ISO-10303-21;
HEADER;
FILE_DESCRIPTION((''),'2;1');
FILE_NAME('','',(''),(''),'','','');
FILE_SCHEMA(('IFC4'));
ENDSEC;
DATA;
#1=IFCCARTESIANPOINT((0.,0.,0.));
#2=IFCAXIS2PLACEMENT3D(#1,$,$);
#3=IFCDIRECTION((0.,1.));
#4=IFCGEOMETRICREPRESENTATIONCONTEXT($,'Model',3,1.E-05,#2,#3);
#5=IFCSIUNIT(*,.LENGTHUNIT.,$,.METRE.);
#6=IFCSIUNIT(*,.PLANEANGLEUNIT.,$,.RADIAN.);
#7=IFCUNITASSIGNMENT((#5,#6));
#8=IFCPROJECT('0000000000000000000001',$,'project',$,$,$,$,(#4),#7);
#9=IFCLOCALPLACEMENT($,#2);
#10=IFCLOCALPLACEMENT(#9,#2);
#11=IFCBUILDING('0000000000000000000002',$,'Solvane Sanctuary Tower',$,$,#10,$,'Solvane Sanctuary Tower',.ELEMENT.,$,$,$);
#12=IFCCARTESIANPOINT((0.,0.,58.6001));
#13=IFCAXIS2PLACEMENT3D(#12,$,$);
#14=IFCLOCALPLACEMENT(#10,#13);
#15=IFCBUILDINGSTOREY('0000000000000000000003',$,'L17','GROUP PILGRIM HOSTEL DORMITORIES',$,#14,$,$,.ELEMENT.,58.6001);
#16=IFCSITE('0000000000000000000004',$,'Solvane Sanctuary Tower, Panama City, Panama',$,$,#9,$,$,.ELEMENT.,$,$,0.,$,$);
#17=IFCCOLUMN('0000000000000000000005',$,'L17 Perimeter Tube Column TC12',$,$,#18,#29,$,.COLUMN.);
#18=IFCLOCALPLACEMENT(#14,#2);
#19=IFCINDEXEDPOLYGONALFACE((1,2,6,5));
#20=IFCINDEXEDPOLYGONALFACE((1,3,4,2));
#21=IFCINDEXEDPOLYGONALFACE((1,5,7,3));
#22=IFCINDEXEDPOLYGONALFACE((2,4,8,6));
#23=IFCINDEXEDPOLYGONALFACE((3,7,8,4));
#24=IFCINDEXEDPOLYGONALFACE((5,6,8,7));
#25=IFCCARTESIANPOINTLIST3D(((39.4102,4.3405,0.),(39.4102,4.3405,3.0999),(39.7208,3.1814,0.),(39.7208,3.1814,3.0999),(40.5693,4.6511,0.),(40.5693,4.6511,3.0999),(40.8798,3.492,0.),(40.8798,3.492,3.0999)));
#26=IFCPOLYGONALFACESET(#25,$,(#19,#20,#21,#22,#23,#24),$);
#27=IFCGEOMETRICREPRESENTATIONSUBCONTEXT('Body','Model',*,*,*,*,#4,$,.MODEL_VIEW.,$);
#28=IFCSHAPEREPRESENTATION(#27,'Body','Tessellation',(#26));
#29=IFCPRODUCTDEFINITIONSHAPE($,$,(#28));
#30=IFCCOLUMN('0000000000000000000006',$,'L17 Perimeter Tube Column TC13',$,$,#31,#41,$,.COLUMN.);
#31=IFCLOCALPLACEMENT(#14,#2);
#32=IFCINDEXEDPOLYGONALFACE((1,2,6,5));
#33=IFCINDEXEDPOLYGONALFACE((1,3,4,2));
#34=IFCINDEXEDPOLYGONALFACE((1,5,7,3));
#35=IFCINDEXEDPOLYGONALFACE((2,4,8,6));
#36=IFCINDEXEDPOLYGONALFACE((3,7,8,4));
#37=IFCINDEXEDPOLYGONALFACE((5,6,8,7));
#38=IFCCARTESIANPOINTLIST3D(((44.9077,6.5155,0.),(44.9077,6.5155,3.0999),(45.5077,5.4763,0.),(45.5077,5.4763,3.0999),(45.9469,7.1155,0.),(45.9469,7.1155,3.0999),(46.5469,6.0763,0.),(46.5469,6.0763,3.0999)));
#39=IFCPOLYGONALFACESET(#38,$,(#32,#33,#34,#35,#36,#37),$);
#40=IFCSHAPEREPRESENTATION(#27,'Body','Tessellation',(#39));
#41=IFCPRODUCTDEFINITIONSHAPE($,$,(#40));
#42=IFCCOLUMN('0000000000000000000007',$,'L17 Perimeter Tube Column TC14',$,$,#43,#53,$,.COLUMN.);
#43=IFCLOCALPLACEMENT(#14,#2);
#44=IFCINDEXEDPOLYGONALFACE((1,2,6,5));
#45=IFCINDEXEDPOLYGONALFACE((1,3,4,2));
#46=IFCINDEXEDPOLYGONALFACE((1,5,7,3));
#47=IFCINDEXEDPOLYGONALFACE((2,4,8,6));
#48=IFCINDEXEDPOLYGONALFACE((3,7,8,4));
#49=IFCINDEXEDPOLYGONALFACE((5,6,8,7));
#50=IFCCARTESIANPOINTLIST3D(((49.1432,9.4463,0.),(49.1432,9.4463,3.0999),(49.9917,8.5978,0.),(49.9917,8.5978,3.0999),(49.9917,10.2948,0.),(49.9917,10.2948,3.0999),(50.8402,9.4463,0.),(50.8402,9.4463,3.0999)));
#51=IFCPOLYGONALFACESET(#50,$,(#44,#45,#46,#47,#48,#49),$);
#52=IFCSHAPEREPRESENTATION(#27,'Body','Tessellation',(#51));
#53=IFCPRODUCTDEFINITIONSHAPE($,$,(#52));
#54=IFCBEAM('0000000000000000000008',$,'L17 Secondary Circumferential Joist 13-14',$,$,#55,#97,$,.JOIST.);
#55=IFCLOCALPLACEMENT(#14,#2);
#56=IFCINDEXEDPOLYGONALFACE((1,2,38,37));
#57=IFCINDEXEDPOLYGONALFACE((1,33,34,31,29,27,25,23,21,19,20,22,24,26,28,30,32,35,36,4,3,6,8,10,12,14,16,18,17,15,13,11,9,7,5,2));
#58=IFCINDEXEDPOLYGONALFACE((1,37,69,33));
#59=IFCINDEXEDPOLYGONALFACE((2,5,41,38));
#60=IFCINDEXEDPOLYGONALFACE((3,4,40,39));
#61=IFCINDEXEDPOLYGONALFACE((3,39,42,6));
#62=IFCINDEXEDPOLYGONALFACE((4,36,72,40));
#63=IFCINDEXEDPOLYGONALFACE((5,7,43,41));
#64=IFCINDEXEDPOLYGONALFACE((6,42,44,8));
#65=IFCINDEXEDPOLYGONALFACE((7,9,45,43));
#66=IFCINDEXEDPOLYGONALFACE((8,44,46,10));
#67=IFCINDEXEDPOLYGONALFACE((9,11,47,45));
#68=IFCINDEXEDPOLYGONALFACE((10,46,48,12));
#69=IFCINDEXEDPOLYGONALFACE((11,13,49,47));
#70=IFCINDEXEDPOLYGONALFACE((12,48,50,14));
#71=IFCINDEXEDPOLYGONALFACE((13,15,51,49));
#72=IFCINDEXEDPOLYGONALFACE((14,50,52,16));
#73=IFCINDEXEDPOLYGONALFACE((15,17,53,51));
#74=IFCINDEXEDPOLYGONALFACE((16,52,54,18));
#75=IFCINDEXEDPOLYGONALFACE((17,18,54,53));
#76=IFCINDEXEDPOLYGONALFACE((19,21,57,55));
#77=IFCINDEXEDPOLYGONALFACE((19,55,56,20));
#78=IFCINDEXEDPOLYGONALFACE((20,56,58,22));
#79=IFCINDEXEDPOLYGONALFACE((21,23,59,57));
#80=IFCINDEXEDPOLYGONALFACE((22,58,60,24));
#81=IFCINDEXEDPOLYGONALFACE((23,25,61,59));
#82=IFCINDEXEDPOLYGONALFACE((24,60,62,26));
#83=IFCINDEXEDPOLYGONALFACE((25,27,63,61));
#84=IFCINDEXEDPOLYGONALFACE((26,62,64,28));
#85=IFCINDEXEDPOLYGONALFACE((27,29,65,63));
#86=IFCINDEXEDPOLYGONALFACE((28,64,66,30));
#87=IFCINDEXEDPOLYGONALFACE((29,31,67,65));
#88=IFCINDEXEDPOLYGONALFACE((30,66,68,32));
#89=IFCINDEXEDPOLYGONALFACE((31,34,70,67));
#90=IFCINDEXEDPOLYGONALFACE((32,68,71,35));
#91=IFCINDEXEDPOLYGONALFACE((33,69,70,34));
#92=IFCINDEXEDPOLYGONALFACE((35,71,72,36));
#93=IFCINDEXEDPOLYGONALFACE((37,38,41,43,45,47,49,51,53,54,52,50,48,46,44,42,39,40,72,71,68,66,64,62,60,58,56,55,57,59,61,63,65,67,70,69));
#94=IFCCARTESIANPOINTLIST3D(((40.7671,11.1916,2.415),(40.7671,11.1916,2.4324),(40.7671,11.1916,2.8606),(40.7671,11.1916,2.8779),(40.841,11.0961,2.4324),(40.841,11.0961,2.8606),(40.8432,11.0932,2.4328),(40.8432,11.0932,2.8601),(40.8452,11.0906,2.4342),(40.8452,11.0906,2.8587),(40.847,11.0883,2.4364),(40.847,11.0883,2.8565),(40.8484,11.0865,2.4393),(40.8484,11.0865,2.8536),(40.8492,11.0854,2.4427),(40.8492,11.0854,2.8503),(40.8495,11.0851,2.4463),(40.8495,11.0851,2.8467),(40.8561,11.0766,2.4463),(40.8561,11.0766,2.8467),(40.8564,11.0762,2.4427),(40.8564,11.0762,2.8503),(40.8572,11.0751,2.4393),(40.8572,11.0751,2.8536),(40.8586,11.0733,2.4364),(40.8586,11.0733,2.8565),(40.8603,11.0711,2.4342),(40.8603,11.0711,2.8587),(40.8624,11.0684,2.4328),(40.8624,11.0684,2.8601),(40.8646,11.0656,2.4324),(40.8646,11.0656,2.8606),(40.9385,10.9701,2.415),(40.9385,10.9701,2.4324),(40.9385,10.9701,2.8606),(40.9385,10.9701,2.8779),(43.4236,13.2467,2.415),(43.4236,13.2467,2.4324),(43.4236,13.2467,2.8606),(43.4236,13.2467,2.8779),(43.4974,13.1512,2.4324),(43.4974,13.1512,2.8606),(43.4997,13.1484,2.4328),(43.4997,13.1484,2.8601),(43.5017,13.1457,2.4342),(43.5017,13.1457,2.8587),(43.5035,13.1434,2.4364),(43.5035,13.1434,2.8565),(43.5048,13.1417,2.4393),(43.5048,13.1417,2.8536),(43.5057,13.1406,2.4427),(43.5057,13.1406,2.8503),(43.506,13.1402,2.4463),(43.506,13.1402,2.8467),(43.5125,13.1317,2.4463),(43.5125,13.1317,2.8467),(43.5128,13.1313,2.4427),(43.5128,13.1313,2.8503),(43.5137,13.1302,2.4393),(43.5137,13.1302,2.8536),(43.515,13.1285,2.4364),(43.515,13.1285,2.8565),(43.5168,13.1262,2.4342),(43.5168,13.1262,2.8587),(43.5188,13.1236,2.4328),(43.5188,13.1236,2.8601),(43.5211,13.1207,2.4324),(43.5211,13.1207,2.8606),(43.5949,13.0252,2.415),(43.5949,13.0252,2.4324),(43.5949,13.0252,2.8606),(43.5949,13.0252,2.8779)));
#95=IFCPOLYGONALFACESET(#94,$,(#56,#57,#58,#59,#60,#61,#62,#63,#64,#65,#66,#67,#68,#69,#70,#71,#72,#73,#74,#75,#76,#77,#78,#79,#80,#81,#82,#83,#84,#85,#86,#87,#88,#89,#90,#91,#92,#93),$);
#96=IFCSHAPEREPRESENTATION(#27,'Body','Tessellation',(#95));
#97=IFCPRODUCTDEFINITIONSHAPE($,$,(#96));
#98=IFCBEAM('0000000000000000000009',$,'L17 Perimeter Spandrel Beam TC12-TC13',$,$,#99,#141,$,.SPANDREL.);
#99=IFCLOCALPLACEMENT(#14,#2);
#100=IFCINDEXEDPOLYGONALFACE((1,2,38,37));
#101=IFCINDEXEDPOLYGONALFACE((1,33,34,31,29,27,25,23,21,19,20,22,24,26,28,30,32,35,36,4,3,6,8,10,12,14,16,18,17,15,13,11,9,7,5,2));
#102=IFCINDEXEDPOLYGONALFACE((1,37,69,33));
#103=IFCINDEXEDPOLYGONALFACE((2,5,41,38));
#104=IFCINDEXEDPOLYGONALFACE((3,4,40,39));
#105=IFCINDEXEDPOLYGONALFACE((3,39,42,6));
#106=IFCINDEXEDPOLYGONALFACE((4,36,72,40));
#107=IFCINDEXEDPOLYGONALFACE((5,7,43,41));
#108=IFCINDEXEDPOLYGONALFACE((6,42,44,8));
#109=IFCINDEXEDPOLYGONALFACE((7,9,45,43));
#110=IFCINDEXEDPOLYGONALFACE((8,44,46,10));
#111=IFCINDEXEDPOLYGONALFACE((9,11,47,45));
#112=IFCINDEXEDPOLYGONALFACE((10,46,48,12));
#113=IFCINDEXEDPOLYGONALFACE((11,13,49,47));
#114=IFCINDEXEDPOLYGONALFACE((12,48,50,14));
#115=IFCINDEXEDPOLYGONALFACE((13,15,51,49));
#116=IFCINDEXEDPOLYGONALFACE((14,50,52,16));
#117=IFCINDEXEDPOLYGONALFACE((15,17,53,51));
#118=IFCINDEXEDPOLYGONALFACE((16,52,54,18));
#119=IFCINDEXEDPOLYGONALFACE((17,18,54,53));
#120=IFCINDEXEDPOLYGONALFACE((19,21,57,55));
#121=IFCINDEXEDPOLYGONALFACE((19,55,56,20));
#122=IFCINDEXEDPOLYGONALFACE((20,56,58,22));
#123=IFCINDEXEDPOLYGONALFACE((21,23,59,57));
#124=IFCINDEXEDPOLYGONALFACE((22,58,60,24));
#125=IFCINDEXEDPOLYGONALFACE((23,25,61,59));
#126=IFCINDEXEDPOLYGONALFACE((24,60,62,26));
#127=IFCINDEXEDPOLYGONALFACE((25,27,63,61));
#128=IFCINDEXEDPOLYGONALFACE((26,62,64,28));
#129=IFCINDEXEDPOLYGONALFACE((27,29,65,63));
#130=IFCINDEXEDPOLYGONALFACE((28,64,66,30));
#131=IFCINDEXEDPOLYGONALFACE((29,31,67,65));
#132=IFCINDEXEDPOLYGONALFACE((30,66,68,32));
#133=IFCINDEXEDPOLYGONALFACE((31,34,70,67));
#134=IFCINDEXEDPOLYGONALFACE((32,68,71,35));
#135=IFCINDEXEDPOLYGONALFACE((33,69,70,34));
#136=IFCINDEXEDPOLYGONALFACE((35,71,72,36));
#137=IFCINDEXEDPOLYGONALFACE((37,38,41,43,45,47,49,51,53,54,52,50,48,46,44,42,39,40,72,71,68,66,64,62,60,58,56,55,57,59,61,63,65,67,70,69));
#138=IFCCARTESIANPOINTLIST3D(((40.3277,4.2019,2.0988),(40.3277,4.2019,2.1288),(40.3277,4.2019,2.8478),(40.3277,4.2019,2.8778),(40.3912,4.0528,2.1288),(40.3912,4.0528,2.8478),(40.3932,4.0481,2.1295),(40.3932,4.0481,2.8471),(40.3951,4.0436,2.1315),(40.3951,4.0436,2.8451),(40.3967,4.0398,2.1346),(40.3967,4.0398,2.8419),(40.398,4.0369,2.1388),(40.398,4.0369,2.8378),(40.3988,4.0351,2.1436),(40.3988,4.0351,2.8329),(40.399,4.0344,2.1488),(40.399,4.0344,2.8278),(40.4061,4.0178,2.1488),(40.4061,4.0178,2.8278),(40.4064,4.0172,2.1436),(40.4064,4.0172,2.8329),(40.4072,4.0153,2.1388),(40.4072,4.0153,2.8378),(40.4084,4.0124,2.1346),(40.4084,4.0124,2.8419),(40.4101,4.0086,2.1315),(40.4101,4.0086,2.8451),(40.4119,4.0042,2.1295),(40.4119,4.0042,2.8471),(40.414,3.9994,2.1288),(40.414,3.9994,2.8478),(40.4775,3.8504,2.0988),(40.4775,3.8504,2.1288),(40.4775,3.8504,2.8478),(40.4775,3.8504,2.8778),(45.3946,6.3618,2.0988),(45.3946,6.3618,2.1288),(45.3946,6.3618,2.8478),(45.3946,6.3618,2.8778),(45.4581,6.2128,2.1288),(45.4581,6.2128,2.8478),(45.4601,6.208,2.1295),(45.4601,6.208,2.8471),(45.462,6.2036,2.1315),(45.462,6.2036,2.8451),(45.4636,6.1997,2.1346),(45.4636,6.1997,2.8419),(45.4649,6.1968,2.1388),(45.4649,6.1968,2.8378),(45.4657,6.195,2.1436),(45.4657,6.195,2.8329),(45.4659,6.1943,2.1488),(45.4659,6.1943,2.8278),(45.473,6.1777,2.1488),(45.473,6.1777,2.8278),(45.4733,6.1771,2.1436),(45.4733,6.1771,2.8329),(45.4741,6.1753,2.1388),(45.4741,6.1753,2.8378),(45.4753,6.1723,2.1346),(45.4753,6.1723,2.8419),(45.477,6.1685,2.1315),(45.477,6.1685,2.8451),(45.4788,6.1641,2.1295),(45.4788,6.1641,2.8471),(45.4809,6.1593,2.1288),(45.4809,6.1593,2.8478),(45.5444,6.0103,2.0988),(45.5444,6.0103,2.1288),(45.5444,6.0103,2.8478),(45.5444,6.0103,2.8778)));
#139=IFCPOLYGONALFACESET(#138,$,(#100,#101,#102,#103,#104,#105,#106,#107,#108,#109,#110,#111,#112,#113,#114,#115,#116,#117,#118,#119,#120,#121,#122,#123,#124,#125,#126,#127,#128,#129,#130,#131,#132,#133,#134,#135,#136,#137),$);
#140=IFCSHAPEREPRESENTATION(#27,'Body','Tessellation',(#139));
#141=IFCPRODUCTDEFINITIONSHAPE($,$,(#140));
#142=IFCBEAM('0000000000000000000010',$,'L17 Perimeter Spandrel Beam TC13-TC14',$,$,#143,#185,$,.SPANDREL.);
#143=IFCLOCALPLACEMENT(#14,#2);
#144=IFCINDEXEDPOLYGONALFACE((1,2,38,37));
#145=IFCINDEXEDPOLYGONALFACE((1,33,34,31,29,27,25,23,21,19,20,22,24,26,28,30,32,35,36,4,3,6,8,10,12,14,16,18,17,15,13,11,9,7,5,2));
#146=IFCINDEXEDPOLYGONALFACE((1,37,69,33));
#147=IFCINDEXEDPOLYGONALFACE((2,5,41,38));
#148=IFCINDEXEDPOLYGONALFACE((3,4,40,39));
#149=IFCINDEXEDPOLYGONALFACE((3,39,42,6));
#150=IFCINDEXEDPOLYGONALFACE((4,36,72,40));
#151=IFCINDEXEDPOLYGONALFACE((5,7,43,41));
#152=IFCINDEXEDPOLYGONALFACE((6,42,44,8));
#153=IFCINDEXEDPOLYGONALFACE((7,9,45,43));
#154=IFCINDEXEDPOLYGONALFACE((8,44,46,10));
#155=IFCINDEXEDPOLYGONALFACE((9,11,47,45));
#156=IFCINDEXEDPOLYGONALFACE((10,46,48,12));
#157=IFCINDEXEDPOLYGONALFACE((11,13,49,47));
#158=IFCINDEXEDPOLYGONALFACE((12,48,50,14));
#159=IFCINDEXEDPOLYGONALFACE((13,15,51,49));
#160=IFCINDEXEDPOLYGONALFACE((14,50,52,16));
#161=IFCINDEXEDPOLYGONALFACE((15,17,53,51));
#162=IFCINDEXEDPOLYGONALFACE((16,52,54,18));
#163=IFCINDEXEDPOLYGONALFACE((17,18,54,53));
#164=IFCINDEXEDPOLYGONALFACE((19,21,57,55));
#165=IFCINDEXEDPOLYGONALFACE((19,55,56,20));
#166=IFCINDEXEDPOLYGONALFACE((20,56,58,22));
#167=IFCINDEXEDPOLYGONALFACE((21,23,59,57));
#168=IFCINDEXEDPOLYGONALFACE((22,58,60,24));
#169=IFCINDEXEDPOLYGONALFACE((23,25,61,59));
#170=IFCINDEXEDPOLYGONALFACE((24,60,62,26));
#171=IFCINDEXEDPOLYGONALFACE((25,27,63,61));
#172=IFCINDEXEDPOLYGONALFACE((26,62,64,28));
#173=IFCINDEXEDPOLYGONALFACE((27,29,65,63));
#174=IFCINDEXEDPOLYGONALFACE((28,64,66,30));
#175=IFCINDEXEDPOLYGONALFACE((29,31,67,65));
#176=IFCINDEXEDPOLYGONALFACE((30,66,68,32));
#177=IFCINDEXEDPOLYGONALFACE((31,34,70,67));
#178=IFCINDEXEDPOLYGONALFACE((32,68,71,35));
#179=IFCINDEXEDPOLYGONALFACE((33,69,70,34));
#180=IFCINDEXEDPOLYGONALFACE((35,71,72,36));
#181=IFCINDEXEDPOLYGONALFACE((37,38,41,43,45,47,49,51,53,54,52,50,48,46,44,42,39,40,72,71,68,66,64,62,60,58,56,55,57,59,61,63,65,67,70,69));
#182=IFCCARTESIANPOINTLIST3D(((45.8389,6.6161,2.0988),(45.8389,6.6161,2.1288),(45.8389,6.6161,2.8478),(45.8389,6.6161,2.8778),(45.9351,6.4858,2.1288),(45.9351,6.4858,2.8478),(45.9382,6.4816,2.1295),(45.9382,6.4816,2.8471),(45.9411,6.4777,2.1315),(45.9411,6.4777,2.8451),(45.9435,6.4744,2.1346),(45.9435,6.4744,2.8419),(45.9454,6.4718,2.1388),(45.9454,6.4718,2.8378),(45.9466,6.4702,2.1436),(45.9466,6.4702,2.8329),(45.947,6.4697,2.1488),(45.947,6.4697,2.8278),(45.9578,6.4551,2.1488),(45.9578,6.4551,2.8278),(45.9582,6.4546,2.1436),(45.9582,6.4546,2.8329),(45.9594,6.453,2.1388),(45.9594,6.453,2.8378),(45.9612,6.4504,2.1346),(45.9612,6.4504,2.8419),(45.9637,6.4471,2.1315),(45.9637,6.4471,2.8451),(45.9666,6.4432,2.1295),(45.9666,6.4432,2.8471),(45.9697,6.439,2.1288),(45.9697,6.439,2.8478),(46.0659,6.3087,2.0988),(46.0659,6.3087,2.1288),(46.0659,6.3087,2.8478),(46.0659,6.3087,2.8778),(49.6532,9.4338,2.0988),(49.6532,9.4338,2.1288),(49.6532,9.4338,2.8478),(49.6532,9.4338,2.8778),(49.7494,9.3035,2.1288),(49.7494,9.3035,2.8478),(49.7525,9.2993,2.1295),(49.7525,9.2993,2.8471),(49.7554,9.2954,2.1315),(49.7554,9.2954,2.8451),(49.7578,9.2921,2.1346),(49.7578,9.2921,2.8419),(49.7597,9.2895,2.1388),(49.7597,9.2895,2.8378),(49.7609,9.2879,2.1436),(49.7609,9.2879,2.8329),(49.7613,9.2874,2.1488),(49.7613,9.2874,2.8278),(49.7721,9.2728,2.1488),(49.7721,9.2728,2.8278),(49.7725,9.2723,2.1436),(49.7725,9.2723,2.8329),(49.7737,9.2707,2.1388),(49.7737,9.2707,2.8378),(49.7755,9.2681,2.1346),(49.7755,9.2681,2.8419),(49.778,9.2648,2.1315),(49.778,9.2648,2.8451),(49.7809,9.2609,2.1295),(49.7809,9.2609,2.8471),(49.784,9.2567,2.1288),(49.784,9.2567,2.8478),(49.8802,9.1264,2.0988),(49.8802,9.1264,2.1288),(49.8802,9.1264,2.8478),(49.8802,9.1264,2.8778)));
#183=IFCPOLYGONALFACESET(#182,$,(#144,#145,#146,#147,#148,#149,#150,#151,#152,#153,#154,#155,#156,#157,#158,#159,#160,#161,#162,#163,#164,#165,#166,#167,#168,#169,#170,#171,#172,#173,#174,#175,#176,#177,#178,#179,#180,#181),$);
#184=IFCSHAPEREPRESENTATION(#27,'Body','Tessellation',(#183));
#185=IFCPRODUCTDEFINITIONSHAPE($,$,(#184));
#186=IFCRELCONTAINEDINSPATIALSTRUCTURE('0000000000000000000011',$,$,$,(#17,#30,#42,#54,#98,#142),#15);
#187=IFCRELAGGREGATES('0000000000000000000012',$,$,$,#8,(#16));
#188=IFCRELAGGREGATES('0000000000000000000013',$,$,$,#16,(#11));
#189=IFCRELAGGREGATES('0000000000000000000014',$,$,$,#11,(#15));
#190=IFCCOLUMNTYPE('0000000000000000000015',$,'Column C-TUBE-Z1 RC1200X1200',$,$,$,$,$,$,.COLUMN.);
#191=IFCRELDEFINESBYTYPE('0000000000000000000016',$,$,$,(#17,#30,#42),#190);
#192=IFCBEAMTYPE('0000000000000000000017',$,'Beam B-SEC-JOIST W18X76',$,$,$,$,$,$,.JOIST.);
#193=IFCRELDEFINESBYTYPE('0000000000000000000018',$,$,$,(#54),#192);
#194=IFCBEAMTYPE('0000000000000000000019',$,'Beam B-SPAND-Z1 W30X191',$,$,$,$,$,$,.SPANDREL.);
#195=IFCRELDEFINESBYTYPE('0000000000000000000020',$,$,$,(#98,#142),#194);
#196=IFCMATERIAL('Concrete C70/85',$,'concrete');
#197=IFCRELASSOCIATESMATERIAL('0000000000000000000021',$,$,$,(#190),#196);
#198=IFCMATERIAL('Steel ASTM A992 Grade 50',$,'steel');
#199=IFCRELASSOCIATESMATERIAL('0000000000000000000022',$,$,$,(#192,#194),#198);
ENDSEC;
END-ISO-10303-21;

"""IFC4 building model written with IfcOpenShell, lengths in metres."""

from ifc_helpers import new_model, si_unit, direction, frame, origin, origin_2d, place, context, subcontext, project, spatial, rectangle, i_section, extrude, material, material_profile, profile_set, type_object, element, save


model = new_model("IFC4")

# Units and contexts
model_context = context("Model", 3, precision=1e-05, world=origin(), true_north=direction((0.0, 1.0)))
body_context = subcontext(model_context, "Body", "Model", "MODEL_VIEW")
ifc_project = project(units=[si_unit("LENGTHUNIT", "METRE"), si_unit("PLANEANGLEUNIT", "RADIAN")], contexts=[model_context])

# Site, building, storey
site_placement = place(None, origin())
site = spatial("IfcSite", under=ifc_project, at=site_placement, Name="Solvane Sanctuary Tower, Panama City, Panama", CompositionType="ELEMENT", RefElevation=0.0)
building_placement = place(site_placement, origin())
building = spatial("IfcBuilding", under=site, at=building_placement, Name="Solvane Sanctuary Tower", LongName="Solvane Sanctuary Tower", CompositionType="ELEMENT")
storey_placement = place(building_placement, frame((0.0, 0.0, 58.6001)))
storey = spatial("IfcBuildingStorey", under=building, at=storey_placement, Name="L17", Description="GROUP PILGRIM HOSTEL DORMITORIES", CompositionType="ELEMENT", Elevation=58.6001)

# Columns
ifc_material_1 = material(Name="Concrete C70/85", Category="concrete")
ifc_material_profile_1 = material_profile(ifc_material_1, rectangle(XDim=1.2, YDim=1.2, at=origin_2d()), Name="RC1200X1200")
ifc_profile_set_1 = profile_set([ifc_material_profile_1], Name="Concrete C70/85")
column_type = type_object("IfcColumnType", Name="Column C-TUBE-Z1 RC1200X1200", PredefinedType="COLUMN", material=ifc_profile_set_1)
for number, where, z_axis, x_axis, name in (
    (1, (40.145, 3.9163, 0.0), (0.0, 0.0, 1.0), (0.258819, -0.965926, 0.0), "L17 Perimeter Tube Column TC12"),
    (2, (45.7273, 6.2959, 0.0), (0.0, 0.0, 1.0), (0.5, -0.866025, 0.0), "L17 Perimeter Tube Column TC13"),
    (3, (49.9917, 9.4463, 0.0), (0.0, 0.0, 1.0), (0.707107, -0.707107, 0.0), "L17 Perimeter Tube Column TC14"),
):
    element("IfcColumn", number, at=place(storey_placement, frame(where, z_axis=z_axis, x_axis=x_axis)), inside=storey, type_object=column_type, Name=name, PredefinedType="COLUMN", context=body_context, shape_type="SweptSolid", body=[
        extrude(rectangle(XDim=1.2, YDim=1.2, at=origin_2d()), origin(), (0.0, 0.0, 1.0), 3.0999),
    ])

# Beams
ifc_material_2 = material(Name="Steel ASTM A992 Grade 50", Category="steel")
ifc_material_profile_2 = material_profile(ifc_material_2, i_section(OverallWidth=0.28, OverallDepth=0.4629, WebThickness=0.0107, FlangeThickness=0.0173, FilletRadius=0.0139, at=origin_2d()), Name="W18X76")
ifc_profile_set_2 = profile_set([ifc_material_profile_2], Name="Steel ASTM A992 Grade 50")
beam_type_1 = type_object("IfcBeamType", Name="Beam B-SEC-JOIST W18X76", PredefinedType="JOIST", material=ifc_profile_set_2)
beam_1_placement = place(storey_placement, frame((40.8528, 11.0808, 2.6465), z_axis=(0.790935, 0.6119, 0.0), x_axis=(-0.6119, 0.790935, 0.0)))
element("IfcBeam", 4, at=beam_1_placement, inside=storey, type_object=beam_type_1, Name="L17 Secondary Circumferential Joist 13-14", PredefinedType="JOIST", context=body_context, shape_type="SweptSolid", body=[
    extrude(i_section(OverallWidth=0.28, OverallDepth=0.4629, WebThickness=0.0107, FlangeThickness=0.0173, FilletRadius=0.0139, at=origin_2d()), origin(), (0.0, 0.0, 1.0), 3.3586),
])
ifc_material_profile_3 = material_profile(ifc_material_2, i_section(OverallWidth=0.3821, OverallDepth=0.7791, WebThickness=0.0181, FlangeThickness=0.03, FilletRadius=0.02, at=origin_2d()), Name="W30X191")
ifc_profile_set_3 = profile_set([ifc_material_profile_3], Name="Steel ASTM A992 Grade 50")
beam_type_2 = type_object("IfcBeamType", Name="Beam B-SPAND-Z1 W30X191", PredefinedType="SPANDREL", material=ifc_profile_set_3)
beam_2_placement = place(storey_placement, frame((40.4026, 4.0261, 2.4883), z_axis=(0.919907, 0.392137, 0.0), x_axis=(-0.392137, 0.919907, 0.0)))
element("IfcBeam", 5, at=beam_2_placement, inside=storey, type_object=beam_type_2, Name="L17 Perimeter Spandrel Beam TC12-TC13", PredefinedType="SPANDREL", context=body_context, shape_type="SweptSolid", body=[
    extrude(i_section(OverallWidth=0.3821, OverallDepth=0.7791, WebThickness=0.0181, FlangeThickness=0.03, FilletRadius=0.02, at=origin_2d()), origin(), (0.0, 0.0, 1.0), 5.5081),
])
beam_3_placement = place(storey_placement, frame((45.9524, 6.4624, 2.4883), z_axis=(0.804334, 0.594177, 0.0), x_axis=(-0.594177, 0.804334, 0.0)))
element("IfcBeam", 6, at=beam_3_placement, inside=storey, type_object=beam_type_2, Name="L17 Perimeter Spandrel Beam TC13-TC14", PredefinedType="SPANDREL", context=body_context, shape_type="SweptSolid", body=[
    extrude(i_section(OverallWidth=0.3821, OverallDepth=0.7791, WebThickness=0.0181, FlangeThickness=0.03, FilletRadius=0.02, at=origin_2d()), origin(), (0.0, 0.0, 1.0), 4.7422),
])

save(model, "model.ifc")
